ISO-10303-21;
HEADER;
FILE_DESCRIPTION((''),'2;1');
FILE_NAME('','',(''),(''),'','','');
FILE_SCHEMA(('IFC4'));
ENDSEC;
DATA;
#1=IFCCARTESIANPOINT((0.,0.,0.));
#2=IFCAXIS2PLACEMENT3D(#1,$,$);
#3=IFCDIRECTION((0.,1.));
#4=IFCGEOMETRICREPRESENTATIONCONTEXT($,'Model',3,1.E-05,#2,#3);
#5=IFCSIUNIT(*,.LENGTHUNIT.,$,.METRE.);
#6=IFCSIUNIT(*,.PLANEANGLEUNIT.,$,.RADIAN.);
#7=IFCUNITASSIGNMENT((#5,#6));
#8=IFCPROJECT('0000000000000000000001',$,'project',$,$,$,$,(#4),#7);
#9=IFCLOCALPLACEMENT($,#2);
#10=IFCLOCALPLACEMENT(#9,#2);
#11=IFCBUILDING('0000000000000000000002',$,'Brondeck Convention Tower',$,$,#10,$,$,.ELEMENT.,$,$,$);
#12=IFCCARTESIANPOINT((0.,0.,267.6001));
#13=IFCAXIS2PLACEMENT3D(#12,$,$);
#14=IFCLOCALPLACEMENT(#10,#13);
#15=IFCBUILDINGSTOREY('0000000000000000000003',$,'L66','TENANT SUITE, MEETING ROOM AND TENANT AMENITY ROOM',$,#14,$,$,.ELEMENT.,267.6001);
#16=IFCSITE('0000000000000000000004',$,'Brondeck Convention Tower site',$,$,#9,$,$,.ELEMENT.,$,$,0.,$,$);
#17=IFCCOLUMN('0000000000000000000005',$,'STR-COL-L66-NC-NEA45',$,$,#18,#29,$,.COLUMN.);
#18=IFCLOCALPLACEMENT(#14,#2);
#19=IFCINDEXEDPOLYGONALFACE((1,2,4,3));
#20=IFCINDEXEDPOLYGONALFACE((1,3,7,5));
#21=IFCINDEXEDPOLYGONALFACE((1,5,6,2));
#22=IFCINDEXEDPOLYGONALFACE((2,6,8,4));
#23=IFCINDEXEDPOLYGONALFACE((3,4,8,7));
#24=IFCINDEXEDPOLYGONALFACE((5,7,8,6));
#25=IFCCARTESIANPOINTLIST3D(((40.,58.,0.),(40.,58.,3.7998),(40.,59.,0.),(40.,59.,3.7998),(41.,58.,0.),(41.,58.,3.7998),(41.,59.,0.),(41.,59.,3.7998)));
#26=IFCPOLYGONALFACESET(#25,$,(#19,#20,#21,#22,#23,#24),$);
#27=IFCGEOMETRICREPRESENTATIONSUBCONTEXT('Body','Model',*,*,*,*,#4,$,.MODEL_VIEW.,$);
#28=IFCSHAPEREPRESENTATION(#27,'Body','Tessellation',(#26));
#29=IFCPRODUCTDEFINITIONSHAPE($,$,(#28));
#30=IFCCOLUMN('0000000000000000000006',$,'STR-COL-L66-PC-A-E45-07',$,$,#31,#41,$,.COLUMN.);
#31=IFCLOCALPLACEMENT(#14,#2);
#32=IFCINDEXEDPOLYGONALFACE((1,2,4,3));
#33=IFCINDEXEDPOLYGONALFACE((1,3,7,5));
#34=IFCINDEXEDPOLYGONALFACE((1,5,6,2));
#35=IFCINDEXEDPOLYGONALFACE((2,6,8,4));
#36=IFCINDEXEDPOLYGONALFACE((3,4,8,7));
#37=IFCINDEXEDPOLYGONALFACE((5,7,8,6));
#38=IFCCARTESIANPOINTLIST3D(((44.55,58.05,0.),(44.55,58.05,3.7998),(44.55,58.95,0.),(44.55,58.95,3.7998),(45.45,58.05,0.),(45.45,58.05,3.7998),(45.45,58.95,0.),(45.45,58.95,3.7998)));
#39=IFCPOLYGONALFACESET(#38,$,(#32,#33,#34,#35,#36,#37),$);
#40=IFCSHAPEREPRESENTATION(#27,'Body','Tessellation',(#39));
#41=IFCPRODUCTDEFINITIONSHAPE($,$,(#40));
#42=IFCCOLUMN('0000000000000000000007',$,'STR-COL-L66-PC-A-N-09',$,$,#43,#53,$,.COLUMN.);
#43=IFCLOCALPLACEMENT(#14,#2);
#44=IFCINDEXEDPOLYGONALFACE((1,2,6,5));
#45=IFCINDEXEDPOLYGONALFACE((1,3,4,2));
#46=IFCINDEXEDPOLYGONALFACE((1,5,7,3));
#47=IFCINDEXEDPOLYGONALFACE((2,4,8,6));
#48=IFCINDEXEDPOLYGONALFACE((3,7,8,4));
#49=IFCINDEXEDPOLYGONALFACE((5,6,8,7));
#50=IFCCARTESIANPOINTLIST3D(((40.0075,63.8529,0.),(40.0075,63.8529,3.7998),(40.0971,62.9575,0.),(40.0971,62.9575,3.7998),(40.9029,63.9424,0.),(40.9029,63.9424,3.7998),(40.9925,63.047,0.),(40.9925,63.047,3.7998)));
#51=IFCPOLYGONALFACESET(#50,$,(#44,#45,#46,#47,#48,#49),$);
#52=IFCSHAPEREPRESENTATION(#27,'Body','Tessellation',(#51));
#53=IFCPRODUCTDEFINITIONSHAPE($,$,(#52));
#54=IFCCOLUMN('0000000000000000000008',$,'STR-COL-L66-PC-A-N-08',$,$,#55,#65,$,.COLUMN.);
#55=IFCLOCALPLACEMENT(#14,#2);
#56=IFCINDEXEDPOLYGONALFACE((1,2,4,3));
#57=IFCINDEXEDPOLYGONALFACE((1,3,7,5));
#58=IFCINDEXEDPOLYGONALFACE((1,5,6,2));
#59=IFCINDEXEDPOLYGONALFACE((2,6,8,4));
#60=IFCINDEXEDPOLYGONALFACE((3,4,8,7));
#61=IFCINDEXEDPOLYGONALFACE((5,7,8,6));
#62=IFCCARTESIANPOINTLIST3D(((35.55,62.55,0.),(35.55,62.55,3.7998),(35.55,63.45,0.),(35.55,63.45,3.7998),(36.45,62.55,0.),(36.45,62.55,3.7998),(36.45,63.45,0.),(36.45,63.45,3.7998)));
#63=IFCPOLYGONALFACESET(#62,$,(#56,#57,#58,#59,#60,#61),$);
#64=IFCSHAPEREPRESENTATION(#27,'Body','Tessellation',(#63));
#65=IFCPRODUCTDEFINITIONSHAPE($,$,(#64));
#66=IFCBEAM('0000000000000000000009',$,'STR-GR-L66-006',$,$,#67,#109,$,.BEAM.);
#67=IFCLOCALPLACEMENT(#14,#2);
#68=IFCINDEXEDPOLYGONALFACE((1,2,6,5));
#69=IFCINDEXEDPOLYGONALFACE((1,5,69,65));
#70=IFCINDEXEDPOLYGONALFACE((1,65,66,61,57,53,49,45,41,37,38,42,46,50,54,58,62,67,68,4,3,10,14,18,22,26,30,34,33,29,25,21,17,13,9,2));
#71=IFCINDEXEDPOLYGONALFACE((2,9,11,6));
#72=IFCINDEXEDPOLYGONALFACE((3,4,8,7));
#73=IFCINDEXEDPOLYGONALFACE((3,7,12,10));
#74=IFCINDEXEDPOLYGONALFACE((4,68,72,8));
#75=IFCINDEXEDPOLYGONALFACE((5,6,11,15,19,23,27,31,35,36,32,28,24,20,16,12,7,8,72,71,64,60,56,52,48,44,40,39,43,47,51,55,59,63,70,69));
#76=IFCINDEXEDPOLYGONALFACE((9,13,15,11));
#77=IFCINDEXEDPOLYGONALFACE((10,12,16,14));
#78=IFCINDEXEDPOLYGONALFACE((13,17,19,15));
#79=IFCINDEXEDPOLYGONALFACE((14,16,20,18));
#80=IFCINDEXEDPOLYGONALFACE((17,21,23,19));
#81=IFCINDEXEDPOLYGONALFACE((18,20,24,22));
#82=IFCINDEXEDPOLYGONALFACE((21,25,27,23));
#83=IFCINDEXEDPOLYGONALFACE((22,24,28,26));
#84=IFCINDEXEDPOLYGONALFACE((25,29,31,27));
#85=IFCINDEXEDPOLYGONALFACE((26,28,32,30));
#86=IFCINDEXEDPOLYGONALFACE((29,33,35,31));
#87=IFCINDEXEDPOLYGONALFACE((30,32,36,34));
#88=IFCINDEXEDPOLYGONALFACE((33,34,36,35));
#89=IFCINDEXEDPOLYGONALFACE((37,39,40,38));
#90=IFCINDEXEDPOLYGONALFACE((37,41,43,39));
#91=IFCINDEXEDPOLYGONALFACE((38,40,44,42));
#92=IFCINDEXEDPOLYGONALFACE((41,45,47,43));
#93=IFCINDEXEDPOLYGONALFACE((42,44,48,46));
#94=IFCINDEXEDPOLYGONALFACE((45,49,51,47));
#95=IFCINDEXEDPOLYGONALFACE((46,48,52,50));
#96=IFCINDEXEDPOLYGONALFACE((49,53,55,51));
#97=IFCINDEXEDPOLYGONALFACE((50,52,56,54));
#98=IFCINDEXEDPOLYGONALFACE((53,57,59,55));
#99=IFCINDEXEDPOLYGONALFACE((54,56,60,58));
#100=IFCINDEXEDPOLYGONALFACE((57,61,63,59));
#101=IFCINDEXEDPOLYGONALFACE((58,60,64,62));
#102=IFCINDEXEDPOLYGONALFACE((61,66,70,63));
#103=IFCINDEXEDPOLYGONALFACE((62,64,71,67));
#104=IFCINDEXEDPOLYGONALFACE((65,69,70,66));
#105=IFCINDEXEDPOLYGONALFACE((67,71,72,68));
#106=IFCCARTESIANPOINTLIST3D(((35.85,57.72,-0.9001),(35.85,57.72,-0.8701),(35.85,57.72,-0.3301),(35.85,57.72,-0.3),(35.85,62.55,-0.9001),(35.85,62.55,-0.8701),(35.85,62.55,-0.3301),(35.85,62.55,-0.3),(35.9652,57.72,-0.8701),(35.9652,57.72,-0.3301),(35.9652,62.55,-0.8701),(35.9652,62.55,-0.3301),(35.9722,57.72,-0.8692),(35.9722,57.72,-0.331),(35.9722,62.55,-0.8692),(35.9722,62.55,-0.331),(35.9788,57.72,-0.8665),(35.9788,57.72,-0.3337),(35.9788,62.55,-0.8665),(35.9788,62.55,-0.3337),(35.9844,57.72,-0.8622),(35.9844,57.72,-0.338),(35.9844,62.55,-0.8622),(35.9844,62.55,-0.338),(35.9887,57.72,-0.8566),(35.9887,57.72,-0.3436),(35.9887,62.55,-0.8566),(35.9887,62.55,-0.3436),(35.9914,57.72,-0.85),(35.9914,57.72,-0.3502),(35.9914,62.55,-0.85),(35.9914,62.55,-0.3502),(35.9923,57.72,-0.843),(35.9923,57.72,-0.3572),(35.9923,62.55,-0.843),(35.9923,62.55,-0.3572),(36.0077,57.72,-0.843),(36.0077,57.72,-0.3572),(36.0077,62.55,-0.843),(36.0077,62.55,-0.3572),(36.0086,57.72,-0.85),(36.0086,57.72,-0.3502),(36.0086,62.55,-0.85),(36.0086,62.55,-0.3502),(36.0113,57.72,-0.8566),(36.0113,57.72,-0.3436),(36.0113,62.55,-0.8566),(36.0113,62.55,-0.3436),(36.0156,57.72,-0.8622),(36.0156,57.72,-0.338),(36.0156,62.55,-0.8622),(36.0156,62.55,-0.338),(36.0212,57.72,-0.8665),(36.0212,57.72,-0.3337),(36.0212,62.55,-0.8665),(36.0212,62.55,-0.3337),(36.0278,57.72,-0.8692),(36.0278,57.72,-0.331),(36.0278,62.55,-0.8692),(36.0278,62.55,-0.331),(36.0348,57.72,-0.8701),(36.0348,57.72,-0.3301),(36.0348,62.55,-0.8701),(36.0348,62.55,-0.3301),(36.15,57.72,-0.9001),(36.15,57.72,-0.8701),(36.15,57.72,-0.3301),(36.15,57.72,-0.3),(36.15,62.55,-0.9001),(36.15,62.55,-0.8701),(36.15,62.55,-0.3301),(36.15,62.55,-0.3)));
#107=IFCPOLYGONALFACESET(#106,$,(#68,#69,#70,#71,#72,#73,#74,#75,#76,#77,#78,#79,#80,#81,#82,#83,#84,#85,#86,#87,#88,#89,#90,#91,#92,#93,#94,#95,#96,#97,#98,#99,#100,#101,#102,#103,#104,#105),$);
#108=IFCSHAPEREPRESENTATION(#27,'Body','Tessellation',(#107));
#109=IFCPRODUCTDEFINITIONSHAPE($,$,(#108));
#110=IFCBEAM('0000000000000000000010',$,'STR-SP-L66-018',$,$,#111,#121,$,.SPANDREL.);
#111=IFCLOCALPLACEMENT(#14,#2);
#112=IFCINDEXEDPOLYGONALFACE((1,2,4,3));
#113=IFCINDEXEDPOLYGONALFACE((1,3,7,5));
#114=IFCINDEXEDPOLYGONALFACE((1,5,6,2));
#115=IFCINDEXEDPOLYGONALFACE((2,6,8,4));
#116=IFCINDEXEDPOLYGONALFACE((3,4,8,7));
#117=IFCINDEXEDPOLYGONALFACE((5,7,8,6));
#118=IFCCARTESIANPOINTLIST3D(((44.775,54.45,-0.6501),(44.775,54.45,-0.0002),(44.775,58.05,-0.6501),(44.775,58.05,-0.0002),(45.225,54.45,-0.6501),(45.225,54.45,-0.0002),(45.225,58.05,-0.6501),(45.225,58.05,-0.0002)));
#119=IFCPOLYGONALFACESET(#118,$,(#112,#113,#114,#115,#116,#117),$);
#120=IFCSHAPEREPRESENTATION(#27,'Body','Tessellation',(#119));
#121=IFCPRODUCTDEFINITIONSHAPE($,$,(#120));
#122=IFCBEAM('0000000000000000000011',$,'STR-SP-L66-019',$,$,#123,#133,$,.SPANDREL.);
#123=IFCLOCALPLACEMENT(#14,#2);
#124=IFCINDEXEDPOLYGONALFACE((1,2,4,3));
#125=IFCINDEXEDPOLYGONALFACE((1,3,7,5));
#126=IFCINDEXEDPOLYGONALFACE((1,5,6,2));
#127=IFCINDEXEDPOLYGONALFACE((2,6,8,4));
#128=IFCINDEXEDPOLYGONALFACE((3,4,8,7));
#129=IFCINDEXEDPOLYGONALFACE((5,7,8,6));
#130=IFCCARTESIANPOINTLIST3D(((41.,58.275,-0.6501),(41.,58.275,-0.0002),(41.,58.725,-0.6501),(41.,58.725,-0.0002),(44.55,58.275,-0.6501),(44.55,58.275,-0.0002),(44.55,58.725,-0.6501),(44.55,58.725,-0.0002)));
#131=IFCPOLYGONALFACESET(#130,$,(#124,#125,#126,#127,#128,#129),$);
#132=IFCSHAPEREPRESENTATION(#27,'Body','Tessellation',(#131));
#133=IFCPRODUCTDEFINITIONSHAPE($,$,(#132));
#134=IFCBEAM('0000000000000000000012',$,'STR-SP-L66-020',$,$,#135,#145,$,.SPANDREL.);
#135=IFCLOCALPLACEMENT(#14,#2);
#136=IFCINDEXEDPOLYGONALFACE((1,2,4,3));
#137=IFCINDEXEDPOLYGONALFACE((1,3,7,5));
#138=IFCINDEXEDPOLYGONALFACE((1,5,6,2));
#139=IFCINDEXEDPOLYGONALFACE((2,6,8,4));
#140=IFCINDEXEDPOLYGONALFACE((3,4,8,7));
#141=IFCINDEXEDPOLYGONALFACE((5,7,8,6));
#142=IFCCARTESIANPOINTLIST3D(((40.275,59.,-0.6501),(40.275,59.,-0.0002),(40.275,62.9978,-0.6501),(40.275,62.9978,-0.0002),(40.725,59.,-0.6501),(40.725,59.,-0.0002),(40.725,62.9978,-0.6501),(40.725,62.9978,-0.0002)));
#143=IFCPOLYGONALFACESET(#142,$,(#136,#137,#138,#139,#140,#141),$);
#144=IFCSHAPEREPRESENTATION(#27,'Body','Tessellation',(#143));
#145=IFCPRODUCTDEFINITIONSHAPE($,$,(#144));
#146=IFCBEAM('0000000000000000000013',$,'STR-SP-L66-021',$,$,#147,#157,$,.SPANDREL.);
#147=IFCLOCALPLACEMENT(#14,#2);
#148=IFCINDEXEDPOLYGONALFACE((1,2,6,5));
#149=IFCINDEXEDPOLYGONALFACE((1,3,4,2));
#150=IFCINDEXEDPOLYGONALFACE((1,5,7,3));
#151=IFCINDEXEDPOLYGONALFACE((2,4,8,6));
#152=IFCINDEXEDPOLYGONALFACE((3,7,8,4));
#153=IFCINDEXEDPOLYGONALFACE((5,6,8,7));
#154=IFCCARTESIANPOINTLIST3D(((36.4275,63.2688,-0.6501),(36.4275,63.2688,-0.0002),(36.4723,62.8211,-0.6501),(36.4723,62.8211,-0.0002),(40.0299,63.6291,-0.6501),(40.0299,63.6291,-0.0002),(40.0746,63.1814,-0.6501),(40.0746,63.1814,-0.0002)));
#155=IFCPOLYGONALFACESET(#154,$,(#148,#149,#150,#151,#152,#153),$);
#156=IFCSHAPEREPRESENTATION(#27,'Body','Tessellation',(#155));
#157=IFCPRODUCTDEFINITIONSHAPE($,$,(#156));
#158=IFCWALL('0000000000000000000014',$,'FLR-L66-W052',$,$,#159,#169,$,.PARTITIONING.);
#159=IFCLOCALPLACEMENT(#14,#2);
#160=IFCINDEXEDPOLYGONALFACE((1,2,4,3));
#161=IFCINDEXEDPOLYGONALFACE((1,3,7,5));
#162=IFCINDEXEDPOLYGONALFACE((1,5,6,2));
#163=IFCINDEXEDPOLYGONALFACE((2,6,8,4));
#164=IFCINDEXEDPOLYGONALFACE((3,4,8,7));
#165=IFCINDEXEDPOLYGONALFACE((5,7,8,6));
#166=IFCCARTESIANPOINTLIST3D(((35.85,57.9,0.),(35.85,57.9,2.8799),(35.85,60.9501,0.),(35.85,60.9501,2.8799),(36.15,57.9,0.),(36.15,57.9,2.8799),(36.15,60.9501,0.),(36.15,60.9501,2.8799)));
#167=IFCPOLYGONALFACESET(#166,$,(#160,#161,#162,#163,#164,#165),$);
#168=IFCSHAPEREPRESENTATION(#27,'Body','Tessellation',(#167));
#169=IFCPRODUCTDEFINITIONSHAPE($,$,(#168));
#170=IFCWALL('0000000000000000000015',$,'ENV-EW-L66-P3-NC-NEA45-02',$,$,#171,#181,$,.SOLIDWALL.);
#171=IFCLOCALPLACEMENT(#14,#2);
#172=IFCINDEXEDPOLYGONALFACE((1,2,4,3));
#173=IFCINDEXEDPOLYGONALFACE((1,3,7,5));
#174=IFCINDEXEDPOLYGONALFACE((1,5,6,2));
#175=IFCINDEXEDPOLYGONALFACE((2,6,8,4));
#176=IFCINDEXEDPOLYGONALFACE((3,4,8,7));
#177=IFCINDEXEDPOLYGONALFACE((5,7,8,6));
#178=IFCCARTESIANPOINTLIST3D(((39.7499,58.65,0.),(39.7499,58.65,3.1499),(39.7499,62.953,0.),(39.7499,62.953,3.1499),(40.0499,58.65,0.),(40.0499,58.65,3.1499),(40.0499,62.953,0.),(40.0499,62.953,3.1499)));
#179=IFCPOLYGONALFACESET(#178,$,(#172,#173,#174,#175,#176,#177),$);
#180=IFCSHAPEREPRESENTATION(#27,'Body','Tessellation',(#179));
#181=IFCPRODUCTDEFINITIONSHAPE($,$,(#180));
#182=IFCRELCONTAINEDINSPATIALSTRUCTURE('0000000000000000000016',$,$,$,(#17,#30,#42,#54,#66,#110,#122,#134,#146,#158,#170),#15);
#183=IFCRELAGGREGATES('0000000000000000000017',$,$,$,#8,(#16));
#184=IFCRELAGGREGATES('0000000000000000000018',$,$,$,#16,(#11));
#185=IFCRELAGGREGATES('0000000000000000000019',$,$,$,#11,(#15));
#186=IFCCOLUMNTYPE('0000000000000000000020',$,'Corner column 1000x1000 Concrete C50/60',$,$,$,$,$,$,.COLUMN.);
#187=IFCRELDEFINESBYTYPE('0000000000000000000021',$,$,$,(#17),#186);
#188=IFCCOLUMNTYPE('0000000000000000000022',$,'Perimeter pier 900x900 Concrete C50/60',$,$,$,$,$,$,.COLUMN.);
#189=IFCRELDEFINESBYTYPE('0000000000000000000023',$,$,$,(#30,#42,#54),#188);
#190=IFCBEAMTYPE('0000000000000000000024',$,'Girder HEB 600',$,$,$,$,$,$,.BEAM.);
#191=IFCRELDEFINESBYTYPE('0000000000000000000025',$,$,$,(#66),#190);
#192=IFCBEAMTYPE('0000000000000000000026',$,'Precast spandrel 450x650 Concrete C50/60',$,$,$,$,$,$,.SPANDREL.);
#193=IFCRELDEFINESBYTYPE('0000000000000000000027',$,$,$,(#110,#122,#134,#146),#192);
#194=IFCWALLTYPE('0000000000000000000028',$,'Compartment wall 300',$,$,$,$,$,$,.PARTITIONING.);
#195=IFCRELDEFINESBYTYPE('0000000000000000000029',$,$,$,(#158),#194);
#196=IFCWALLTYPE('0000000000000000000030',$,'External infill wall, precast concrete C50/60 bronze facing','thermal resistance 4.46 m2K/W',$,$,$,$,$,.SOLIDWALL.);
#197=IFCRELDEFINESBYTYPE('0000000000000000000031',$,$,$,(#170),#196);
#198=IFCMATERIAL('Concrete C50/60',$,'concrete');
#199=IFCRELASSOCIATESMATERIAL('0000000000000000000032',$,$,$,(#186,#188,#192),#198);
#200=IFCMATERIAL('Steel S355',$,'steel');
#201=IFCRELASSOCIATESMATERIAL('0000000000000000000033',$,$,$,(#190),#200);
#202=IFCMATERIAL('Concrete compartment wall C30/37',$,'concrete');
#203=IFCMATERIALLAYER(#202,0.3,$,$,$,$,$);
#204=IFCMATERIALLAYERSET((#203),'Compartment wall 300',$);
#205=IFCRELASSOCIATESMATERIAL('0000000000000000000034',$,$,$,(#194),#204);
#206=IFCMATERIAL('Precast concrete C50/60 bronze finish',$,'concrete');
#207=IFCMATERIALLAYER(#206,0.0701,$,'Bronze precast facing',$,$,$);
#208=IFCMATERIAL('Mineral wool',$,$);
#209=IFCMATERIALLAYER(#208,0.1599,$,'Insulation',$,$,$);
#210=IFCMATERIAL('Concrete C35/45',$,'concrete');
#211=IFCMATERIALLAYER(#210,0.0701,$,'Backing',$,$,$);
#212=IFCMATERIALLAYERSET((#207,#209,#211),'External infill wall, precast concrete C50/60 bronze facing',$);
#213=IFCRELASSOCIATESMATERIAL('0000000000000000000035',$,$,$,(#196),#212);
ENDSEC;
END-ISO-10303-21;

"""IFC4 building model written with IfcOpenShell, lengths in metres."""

from ifc_helpers import new_model, si_unit, direction, frame, frame_2d, origin, origin_2d, place, context, subcontext, project, spatial, rectangle, i_section, extrude, material, layer, layer_set, material_profile, profile_set, type_object, element, save


model = new_model("IFC4")

# Units and contexts
model_context = context("Model", 3, precision=1e-05, world=origin(), true_north=direction((0.0, 1.0)))
body_context = subcontext(model_context, "Body", "Model", "MODEL_VIEW")
ifc_project = project(units=[si_unit("LENGTHUNIT", "METRE"), si_unit("PLANEANGLEUNIT", "RADIAN")], contexts=[model_context])

# Site, building, storey
site_placement = place(None, origin())
site = spatial("IfcSite", under=ifc_project, at=site_placement, Name="Brondeck Convention Tower site", CompositionType="ELEMENT", RefElevation=0.0)
building_placement = place(site_placement, origin())
building = spatial("IfcBuilding", under=site, at=building_placement, Name="Brondeck Convention Tower", CompositionType="ELEMENT")
storey_placement = place(building_placement, frame((0.0, 0.0, 267.6001)))
storey = spatial("IfcBuildingStorey", under=building, at=storey_placement, Name="L66", Description="TENANT SUITE, MEETING ROOM AND TENANT AMENITY ROOM", CompositionType="ELEMENT", Elevation=267.6001)

# Columns
ifc_material_1 = material(Name="Concrete C50/60", Category="concrete")
ifc_material_profile_1 = material_profile(ifc_material_1, rectangle(XDim=1.0, YDim=1.0, at=origin_2d()), Name="Corner column 1000x1000 Concrete C50/60")
ifc_profile_set_1 = profile_set([ifc_material_profile_1], Name="Concrete C50/60")
column_type_1 = type_object("IfcColumnType", Name="Corner column 1000x1000 Concrete C50/60", PredefinedType="COLUMN", material=ifc_profile_set_1)
column_placement = place(storey_placement, frame((40.5, 58.5, 0.0), z_axis=(0.0, 0.0, 1.0), x_axis=(1.0, 0.0, 0.0)))
element("IfcColumn", 1, at=column_placement, inside=storey, type_object=column_type_1, Name="STR-COL-L66-NC-NEA45", PredefinedType="COLUMN", context=body_context, shape_type="SweptSolid", body=[
    extrude(rectangle(XDim=1.0, YDim=1.0, at=origin_2d()), origin(), (0.0, 0.0, 1.0), 3.7998),
])
ifc_material_profile_2 = material_profile(ifc_material_1, rectangle(XDim=0.8999, YDim=0.8999, at=origin_2d()), Name="Perimeter pier 900x900 Concrete C50/60")
ifc_profile_set_2 = profile_set([ifc_material_profile_2], Name="Concrete C50/60")
column_type_2 = type_object("IfcColumnType", Name="Perimeter pier 900x900 Concrete C50/60", PredefinedType="COLUMN", material=ifc_profile_set_2)
for number, where, z_axis, x_axis, name in (
    (2, (45.0, 58.5, 0.0), (0.0, 0.0, 1.0), (0.0, 1.0, 0.0), "STR-COL-L66-PC-A-E45-07"),
    (3, (40.5, 63.45, 0.0), (0.0, 0.0, 1.0), (-0.995037, -0.099504, 0.0), "STR-COL-L66-PC-A-N-09"),
    (4, (36.0, 63.0, 0.0), (0.0, 0.0, 1.0), (-1.0, 0.0, 0.0), "STR-COL-L66-PC-A-N-08"),
):
    element("IfcColumn", number, at=place(storey_placement, frame(where, z_axis=z_axis, x_axis=x_axis)), inside=storey, type_object=column_type_2, Name=name, PredefinedType="COLUMN", context=body_context, shape_type="SweptSolid", body=[
        extrude(rectangle(XDim=0.8999, YDim=0.8999, at=origin_2d()), origin(), (0.0, 0.0, 1.0), 3.7998),
    ])

# Beams
ifc_material_2 = material(Name="Steel S355", Category="steel")
ifc_material_profile_3 = material_profile(ifc_material_2, i_section(OverallWidth=0.3, OverallDepth=0.6001, WebThickness=0.0154, FlangeThickness=0.03, FilletRadius=0.0271, at=origin_2d()), Name="HEB 600")
ifc_profile_set_3 = profile_set([ifc_material_profile_3], Name="Steel S355")
beam_type_1 = type_object("IfcBeamType", Name="Girder HEB 600", PredefinedType="BEAM", material=ifc_profile_set_3)
beam_1_placement = place(storey_placement, frame((36.0, 57.72, -0.6001), z_axis=(0.0, 1.0, 0.0), x_axis=(-1.0, 0.0, 0.0)))
element("IfcBeam", 5, at=beam_1_placement, inside=storey, type_object=beam_type_1, Name="STR-GR-L66-006", PredefinedType="BEAM", context=body_context, shape_type="SweptSolid", body=[
    extrude(i_section(OverallWidth=0.3, OverallDepth=0.6001, WebThickness=0.0154, FlangeThickness=0.03, FilletRadius=0.0271, at=origin_2d()), origin(), (0.0, 0.0, 1.0), 4.8301),
])
ifc_material_profile_4 = material_profile(ifc_material_1, rectangle(XDim=0.45, YDim=0.6499, at=origin_2d()), Name="Precast spandrel 450x650 Concrete C50/60")
ifc_profile_set_4 = profile_set([ifc_material_profile_4], Name="Concrete C50/60")
beam_type_2 = type_object("IfcBeamType", Name="Precast spandrel 450x650 Concrete C50/60", PredefinedType="SPANDREL", material=ifc_profile_set_4)
beam_2_placement = place(storey_placement, frame((45.0, 54.45, -0.3252), z_axis=(0.0, 1.0, 0.0), x_axis=(-1.0, 0.0, 0.0)))
element("IfcBeam", 6, at=beam_2_placement, inside=storey, type_object=beam_type_2, Name="STR-SP-L66-018", PredefinedType="SPANDREL", context=body_context, shape_type="SweptSolid", body=[
    extrude(rectangle(XDim=0.45, YDim=0.6499, at=origin_2d()), origin(), (0.0, 0.0, 1.0), 3.6001),
])
beam_3_placement = place(storey_placement, frame((44.55, 58.5, -0.3252), z_axis=(-1.0, 0.0, 0.0), x_axis=(0.0, -1.0, 0.0)))
element("IfcBeam", 7, at=beam_3_placement, inside=storey, type_object=beam_type_2, Name="STR-SP-L66-019", PredefinedType="SPANDREL", context=body_context, shape_type="SweptSolid", body=[
    extrude(rectangle(XDim=0.45, YDim=0.6499, at=origin_2d()), origin(), (0.0, 0.0, 1.0), 3.55),
])
beam_4_placement = place(storey_placement, frame((40.5, 59.0, -0.3252), z_axis=(0.0, 1.0, 0.0), x_axis=(-1.0, 0.0, 0.0)))
element("IfcBeam", 8, at=beam_4_placement, inside=storey, type_object=beam_type_2, Name="STR-SP-L66-020", PredefinedType="SPANDREL", context=body_context, shape_type="SweptSolid", body=[
    extrude(rectangle(XDim=0.45, YDim=0.6499, at=origin_2d()), origin(), (0.0, 0.0, 1.0), 3.9978),
])
beam_5_placement = place(storey_placement, frame((40.0522, 63.4053, -0.3252), z_axis=(-0.995034, -0.099537, 0.0), x_axis=(0.099537, -0.995034, 0.0)))
element("IfcBeam", 9, at=beam_5_placement, inside=storey, type_object=beam_type_2, Name="STR-SP-L66-021", PredefinedType="SPANDREL", context=body_context, shape_type="SweptSolid", body=[
    extrude(rectangle(XDim=0.45, YDim=0.6499, at=origin_2d()), origin(), (0.0, 0.0, 1.0), 3.6204),
])

# Walls
ifc_material_3 = material(Name="Concrete compartment wall C30/37", Category="concrete")
ifc_layer_1 = layer(ifc_material_3, 0.3)
ifc_layer_set_1 = layer_set([ifc_layer_1], Name="Compartment wall 300")
wall_type_1 = type_object("IfcWallType", Name="Compartment wall 300", PredefinedType="PARTITIONING", material=ifc_layer_set_1)
wall_1_placement = place(storey_placement, frame((36.0, 60.95, 0.0), z_axis=(0.0, 0.0, 1.0), x_axis=(0.0, -1.0, 0.0)))
element("IfcWall", 10, at=wall_1_placement, inside=storey, type_object=wall_type_1, Name="FLR-L66-W052", PredefinedType="PARTITIONING", context=body_context, shape_type="SweptSolid", body=[
    extrude(rectangle(XDim=3.05, YDim=0.3, at=frame_2d((1.5249, 0.0))), origin(), (0.0, 0.0, 1.0), 2.8799),
])
ifc_material_4 = material(Name="Precast concrete C50/60 bronze finish", Category="concrete")
ifc_layer_2 = layer(ifc_material_4, 0.0701, Name="Bronze precast facing")
ifc_material_5 = material(Name="Mineral wool")
ifc_layer_3 = layer(ifc_material_5, 0.1599, Name="Insulation")
ifc_material_6 = material(Name="Concrete C35/45", Category="concrete")
ifc_layer_4 = layer(ifc_material_6, 0.0701, Name="Backing")
ifc_layer_set_2 = layer_set([ifc_layer_2, ifc_layer_3, ifc_layer_4], Name="External infill wall, precast concrete C50/60 bronze facing")
wall_type_2 = type_object("IfcWallType", Name="External infill wall, precast concrete C50/60 bronze facing", Description="thermal resistance 4.46 m2K/W", PredefinedType="SOLIDWALL", material=ifc_layer_set_2)
wall_2_placement = place(storey_placement, frame((39.8999, 62.9529, 0.0), z_axis=(0.0, 0.0, 1.0), x_axis=(0.0, -1.0, 0.0)))
element("IfcWall", 11, at=wall_2_placement, inside=storey, type_object=wall_type_2, Name="ENV-EW-L66-P3-NC-NEA45-02", PredefinedType="SOLIDWALL", context=body_context, shape_type="SweptSolid", body=[
    extrude(rectangle(XDim=4.303, YDim=0.3, at=frame_2d((2.1514, 0.0))), origin(), (0.0, 0.0, 1.0), 3.1499),
])

save(model, "model.ifc")
